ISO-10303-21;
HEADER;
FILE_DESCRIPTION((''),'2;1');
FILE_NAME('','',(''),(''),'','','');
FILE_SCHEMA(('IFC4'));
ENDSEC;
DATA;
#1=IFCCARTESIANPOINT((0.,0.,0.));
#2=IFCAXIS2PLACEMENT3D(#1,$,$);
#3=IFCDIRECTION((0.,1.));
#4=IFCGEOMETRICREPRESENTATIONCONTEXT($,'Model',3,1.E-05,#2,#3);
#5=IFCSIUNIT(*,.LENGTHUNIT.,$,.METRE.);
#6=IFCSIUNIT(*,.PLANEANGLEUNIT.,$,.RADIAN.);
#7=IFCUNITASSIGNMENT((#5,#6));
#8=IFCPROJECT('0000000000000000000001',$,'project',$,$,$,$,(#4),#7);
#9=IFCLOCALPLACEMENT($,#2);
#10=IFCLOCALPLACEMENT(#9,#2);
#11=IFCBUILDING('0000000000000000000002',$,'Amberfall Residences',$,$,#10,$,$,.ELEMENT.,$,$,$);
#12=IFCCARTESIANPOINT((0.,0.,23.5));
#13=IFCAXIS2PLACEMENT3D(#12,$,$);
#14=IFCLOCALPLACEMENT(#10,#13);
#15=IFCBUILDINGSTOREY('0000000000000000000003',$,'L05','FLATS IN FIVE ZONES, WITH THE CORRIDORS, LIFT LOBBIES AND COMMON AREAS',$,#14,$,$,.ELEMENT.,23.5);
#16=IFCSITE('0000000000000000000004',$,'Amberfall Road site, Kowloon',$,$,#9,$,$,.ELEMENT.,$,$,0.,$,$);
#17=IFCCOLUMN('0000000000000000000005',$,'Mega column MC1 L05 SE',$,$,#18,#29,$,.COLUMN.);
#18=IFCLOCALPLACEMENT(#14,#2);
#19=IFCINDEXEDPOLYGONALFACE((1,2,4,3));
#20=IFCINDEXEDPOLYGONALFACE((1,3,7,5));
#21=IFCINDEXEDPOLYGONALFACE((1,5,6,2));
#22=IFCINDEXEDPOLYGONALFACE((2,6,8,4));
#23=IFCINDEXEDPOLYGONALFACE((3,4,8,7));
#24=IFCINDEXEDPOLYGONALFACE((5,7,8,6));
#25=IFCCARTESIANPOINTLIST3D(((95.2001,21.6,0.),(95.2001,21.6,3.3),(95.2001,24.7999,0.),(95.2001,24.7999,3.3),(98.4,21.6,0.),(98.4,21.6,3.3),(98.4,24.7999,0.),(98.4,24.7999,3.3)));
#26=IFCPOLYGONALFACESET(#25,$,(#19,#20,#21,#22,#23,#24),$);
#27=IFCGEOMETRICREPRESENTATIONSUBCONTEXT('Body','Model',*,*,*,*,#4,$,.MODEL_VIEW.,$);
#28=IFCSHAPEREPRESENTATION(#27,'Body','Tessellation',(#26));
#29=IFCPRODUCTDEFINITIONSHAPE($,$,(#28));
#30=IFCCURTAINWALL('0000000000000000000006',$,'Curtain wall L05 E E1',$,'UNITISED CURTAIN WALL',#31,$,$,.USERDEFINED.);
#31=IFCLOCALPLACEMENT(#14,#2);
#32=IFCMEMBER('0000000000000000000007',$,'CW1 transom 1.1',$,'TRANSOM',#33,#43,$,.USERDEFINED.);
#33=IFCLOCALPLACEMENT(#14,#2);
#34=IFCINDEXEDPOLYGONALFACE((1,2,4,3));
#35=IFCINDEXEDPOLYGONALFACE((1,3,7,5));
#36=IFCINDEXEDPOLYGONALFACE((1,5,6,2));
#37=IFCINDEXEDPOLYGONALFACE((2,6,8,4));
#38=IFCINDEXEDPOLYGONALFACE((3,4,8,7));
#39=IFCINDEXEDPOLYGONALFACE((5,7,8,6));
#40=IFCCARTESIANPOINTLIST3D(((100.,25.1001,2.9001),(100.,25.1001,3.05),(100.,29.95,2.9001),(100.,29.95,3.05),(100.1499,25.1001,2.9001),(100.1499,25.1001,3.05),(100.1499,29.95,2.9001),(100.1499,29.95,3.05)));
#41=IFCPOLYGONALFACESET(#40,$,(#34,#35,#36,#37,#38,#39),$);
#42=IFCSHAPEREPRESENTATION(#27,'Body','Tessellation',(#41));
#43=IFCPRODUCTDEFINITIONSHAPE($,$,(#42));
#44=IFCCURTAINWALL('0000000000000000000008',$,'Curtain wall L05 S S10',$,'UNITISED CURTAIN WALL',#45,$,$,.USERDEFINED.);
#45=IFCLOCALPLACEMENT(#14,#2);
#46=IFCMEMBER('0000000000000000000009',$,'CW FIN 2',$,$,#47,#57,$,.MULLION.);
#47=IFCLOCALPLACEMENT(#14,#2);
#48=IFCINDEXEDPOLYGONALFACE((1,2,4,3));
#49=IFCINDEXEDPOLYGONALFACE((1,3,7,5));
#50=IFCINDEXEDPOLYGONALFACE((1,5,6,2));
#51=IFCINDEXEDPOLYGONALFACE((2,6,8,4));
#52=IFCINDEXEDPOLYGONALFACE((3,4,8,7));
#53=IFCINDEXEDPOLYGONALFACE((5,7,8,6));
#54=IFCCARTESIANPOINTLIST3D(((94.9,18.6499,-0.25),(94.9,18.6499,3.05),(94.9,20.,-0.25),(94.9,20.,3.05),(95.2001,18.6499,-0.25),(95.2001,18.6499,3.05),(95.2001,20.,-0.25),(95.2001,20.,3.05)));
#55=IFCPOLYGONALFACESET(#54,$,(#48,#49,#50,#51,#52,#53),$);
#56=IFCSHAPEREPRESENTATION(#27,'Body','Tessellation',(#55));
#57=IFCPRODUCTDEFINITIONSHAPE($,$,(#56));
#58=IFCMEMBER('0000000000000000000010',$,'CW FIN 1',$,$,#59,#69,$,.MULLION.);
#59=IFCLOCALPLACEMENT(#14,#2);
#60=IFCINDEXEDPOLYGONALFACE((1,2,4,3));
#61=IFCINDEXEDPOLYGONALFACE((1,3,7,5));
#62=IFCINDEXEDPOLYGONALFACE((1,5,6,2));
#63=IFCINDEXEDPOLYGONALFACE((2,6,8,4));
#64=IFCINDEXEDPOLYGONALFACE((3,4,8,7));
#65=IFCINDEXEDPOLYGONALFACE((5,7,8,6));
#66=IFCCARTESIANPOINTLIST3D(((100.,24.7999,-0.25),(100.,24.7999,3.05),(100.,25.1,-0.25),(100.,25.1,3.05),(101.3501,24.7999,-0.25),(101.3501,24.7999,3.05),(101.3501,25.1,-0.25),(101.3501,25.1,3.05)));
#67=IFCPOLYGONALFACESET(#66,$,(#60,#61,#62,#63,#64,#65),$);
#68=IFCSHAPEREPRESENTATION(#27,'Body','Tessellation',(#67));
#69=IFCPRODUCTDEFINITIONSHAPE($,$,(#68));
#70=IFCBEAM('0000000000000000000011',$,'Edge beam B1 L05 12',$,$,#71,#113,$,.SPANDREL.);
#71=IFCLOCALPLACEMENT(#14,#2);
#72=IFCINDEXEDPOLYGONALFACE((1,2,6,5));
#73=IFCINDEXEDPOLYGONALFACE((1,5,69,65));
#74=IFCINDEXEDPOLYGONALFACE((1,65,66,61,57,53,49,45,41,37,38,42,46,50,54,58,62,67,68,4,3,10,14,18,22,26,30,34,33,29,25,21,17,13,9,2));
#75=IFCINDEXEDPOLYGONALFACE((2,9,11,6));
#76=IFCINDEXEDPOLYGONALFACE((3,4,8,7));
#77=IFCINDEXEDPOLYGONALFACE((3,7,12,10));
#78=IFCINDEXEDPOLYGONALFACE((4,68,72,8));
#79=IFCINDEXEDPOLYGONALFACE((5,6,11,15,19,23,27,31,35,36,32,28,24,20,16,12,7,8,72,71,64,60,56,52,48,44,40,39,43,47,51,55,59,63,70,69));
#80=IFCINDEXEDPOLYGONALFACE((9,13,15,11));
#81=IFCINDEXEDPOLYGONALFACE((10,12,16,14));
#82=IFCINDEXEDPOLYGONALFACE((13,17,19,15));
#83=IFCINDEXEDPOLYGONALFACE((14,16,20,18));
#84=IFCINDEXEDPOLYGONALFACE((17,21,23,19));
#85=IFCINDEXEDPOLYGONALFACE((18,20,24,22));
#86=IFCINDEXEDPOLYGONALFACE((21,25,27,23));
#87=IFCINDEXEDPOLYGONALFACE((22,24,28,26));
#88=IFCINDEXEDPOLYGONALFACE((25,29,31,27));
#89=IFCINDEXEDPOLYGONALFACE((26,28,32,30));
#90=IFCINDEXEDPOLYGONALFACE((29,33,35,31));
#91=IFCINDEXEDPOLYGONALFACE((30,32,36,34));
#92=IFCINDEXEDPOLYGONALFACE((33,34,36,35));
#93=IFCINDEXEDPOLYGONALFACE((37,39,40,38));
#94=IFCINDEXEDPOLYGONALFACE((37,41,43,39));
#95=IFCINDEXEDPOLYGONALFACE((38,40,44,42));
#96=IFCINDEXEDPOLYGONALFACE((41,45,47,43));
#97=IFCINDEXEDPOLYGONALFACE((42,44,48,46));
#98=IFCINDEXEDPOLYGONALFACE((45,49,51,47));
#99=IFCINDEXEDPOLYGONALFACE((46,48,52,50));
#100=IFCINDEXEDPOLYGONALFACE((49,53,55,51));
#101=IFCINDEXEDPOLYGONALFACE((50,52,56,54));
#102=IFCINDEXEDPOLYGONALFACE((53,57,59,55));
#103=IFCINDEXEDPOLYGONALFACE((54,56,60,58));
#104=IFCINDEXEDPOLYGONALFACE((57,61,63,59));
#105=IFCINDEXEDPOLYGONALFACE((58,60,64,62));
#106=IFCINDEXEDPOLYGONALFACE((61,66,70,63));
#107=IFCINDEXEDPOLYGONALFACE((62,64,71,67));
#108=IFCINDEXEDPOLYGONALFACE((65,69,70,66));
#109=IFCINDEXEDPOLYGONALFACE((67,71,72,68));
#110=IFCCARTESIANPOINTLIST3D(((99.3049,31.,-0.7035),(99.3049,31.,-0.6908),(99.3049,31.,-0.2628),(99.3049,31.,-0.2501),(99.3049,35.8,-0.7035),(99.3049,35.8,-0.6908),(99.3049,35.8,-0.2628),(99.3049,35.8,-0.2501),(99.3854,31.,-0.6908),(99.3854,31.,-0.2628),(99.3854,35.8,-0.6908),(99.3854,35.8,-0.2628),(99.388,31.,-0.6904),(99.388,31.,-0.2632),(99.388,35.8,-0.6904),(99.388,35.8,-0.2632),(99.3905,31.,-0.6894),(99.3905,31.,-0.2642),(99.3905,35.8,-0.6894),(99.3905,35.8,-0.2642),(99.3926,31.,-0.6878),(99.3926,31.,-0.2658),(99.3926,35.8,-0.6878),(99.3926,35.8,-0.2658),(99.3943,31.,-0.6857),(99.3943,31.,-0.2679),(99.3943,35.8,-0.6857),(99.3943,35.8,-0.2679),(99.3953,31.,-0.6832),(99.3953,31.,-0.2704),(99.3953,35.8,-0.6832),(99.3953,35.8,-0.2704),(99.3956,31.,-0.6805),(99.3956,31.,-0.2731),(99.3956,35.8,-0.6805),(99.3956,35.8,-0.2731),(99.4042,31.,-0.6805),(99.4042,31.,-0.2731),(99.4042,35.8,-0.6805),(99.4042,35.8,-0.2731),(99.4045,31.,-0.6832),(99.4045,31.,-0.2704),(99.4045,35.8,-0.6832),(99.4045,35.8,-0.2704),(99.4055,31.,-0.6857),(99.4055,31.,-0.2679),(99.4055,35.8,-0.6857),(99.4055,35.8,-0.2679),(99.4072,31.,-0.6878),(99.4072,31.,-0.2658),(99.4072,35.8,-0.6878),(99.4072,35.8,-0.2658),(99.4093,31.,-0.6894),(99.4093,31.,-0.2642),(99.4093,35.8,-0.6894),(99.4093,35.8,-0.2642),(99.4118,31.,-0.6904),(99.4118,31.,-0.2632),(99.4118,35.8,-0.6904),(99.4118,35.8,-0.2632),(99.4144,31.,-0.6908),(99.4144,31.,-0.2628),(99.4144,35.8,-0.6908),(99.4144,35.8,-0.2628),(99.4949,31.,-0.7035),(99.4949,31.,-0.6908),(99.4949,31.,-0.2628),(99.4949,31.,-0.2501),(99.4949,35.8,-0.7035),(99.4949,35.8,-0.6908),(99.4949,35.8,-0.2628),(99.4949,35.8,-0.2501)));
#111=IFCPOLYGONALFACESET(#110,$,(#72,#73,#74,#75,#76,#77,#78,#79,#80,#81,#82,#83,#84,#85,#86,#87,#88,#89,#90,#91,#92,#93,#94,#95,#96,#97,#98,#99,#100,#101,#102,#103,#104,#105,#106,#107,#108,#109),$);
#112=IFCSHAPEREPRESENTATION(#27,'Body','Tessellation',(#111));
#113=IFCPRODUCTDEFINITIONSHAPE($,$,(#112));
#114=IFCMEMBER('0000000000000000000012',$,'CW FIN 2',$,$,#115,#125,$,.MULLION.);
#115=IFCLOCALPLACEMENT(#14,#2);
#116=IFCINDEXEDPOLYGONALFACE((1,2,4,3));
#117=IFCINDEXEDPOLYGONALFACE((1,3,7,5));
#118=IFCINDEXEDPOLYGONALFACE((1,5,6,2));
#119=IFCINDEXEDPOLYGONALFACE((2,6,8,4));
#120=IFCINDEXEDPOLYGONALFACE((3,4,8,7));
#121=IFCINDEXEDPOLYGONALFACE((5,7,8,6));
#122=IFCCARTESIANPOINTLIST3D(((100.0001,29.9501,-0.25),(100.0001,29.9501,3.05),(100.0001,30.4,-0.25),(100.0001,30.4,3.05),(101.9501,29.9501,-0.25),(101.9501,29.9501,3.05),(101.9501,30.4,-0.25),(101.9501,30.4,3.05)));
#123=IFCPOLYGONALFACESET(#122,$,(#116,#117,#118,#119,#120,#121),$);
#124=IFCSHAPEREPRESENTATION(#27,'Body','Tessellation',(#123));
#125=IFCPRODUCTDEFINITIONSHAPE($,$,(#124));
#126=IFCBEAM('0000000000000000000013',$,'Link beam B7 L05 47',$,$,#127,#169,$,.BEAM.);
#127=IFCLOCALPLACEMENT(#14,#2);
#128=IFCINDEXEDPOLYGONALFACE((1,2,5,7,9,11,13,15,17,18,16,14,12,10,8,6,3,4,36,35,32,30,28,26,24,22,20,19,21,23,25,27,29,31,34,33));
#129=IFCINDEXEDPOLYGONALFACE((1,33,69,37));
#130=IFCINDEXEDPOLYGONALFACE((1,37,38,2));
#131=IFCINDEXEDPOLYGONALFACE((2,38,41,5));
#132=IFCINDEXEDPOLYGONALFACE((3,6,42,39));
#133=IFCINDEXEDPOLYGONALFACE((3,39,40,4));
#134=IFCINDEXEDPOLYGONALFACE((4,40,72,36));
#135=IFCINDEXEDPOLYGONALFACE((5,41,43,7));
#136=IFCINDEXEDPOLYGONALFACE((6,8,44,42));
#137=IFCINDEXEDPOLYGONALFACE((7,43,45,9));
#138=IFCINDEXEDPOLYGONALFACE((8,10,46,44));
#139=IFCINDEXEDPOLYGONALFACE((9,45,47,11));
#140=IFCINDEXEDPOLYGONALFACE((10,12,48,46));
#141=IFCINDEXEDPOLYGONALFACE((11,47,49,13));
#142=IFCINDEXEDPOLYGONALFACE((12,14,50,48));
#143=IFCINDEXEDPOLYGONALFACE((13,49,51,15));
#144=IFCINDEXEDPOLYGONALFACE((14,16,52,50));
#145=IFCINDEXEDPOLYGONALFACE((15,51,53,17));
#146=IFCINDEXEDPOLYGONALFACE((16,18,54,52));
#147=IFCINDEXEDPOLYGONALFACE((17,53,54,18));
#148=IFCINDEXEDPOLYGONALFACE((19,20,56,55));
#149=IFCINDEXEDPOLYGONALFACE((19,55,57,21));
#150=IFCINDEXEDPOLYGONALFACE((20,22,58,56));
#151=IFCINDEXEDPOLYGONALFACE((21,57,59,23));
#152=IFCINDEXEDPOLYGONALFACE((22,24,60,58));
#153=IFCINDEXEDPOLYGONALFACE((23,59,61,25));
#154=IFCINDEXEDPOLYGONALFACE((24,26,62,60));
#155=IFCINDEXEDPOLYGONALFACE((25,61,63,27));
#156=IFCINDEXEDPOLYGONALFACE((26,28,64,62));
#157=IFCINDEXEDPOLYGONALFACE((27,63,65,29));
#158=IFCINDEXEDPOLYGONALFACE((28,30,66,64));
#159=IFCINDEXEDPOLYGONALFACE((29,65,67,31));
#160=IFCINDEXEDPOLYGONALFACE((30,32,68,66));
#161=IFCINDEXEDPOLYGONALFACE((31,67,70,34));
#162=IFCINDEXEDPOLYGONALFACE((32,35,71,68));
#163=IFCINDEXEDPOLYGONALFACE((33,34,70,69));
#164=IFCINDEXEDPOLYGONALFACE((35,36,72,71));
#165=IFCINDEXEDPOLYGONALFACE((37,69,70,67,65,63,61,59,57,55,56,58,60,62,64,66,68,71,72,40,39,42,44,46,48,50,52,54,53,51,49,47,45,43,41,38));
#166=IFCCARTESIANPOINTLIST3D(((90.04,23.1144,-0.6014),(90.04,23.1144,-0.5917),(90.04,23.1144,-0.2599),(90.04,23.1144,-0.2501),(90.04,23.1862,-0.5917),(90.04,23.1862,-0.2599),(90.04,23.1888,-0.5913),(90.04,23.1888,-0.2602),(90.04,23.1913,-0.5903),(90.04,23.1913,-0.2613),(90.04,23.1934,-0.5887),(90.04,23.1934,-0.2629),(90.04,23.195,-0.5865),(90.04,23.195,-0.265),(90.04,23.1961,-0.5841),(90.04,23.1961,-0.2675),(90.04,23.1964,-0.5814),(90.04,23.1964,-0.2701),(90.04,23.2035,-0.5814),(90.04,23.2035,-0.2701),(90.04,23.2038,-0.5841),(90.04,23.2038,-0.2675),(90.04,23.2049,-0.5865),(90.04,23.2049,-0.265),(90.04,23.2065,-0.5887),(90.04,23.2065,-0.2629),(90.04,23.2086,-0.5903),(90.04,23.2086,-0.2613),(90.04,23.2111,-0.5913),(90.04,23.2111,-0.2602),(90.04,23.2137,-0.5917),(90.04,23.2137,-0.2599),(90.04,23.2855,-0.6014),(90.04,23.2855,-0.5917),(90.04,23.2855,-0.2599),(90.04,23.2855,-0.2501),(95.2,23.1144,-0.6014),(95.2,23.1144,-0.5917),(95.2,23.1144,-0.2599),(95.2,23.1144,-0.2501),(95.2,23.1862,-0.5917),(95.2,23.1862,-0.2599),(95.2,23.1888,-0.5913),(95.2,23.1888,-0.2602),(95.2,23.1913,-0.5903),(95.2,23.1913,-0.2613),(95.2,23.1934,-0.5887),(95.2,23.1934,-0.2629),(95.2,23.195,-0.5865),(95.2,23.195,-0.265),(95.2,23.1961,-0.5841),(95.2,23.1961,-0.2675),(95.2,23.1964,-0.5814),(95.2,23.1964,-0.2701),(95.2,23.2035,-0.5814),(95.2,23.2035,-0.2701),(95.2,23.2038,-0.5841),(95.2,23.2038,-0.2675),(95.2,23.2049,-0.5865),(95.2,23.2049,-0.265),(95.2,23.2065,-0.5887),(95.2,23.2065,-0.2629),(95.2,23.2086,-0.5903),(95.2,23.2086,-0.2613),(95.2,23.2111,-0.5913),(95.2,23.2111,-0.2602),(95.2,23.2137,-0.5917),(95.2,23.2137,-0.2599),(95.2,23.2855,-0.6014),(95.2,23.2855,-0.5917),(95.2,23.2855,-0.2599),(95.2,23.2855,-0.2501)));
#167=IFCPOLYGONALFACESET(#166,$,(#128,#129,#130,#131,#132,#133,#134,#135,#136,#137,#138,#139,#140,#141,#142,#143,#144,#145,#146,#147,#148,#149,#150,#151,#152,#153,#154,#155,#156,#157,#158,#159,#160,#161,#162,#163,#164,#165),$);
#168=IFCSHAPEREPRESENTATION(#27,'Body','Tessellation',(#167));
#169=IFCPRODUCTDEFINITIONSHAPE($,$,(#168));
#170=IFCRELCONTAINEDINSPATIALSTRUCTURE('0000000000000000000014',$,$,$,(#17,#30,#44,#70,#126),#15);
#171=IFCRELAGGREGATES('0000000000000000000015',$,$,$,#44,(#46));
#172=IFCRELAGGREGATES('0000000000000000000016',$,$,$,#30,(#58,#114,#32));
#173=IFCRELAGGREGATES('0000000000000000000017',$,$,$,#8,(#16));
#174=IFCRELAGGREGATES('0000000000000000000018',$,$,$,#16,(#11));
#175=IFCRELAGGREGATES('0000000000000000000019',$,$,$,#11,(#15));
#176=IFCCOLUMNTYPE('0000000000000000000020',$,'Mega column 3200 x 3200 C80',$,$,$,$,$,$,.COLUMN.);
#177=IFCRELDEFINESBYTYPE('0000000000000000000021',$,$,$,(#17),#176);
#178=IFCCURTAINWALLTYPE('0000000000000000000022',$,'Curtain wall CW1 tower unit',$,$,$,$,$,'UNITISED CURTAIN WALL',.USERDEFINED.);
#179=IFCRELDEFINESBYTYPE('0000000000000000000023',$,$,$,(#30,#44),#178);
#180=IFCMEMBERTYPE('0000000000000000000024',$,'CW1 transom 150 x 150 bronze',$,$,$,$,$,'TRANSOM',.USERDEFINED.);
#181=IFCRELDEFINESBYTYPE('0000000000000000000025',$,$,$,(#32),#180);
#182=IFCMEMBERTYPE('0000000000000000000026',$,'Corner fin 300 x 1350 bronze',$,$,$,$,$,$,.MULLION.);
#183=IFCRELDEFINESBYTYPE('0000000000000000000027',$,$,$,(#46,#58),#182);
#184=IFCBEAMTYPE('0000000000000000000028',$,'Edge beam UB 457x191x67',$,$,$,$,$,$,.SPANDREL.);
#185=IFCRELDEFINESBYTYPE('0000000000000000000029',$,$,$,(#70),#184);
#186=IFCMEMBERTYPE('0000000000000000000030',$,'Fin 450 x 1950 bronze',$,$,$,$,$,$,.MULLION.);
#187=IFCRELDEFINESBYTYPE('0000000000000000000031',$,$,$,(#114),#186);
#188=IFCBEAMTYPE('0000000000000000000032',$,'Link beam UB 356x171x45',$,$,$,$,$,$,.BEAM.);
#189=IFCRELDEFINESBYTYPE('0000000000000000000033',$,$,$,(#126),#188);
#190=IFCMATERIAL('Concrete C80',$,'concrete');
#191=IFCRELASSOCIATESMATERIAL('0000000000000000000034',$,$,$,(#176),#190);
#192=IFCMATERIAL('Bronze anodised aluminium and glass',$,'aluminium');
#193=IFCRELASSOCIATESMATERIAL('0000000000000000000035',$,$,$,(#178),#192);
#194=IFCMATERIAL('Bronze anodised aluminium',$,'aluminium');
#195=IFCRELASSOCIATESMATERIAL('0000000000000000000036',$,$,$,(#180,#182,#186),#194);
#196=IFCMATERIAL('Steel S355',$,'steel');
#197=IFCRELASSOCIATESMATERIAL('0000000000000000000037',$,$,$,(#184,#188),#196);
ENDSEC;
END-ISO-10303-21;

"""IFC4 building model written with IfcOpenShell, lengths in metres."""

from ifc_helpers import new_model, si_unit, direction, frame, origin, origin_2d, place, context, subcontext, project, spatial, rectangle, i_section, extrude, material, material_profile, profile_set, type_object, element, aggregate, save


model = new_model("IFC4")

# Units and contexts
model_context = context("Model", 3, precision=1e-05, world=origin(), true_north=direction((0.0, 1.0)))
body_context = subcontext(model_context, "Body", "Model", "MODEL_VIEW")
ifc_project = project(units=[si_unit("LENGTHUNIT", "METRE"), si_unit("PLANEANGLEUNIT", "RADIAN")], contexts=[model_context])

# Site, building, storey
site_placement = place(None, origin())
site = spatial("IfcSite", under=ifc_project, at=site_placement, Name="Amberfall Road site, Kowloon", CompositionType="ELEMENT", RefElevation=0.0)
building_placement = place(site_placement, origin())
building = spatial("IfcBuilding", under=site, at=building_placement, Name="Amberfall Residences", CompositionType="ELEMENT")
storey_placement = place(building_placement, frame((0.0, 0.0, 23.5)))
storey = spatial("IfcBuildingStorey", under=building, at=storey_placement, Name="L05", Description="FLATS IN FIVE ZONES, WITH THE CORRIDORS, LIFT LOBBIES AND COMMON AREAS", CompositionType="ELEMENT", Elevation=23.5)

# Column
ifc_material_1 = material(Name="Concrete C80", Category="concrete")
ifc_material_profile_1 = material_profile(ifc_material_1, rectangle(XDim=3.2, YDim=3.2, at=origin_2d()), Name="Mega column 3200 x 3200 C80")
ifc_profile_set_1 = profile_set([ifc_material_profile_1], Name="Concrete C80")
column_type = type_object("IfcColumnType", Name="Mega column 3200 x 3200 C80", PredefinedType="COLUMN", material=ifc_profile_set_1)
column_placement = place(storey_placement, frame((96.8, 23.2, 0.0), z_axis=(0.0, 0.0, 1.0), x_axis=(1.0, 0.0, 0.0)))
element("IfcColumn", 1, at=column_placement, inside=storey, type_object=column_type, Name="Mega column MC1 L05 SE", PredefinedType="COLUMN", context=body_context, shape_type="SweptSolid", body=[
    extrude(rectangle(XDim=3.2, YDim=3.2, at=origin_2d()), origin(), (0.0, 0.0, 1.0), 3.3),
])

# Curtain walls, members
ifc_material_2 = material(Name="Bronze anodised aluminium and glass", Category="aluminium")
curtain_wall_type = type_object("IfcCurtainWallType", Name="Curtain wall CW1 tower unit", ElementType="UNITISED CURTAIN WALL", PredefinedType="USERDEFINED", material=ifc_material_2)
curtain_wall_1_placement = place(storey_placement, origin())
curtain_wall_1 = element("IfcCurtainWall", 2, at=curtain_wall_1_placement, inside=storey, type_object=curtain_wall_type, Name="Curtain wall L05 E E1", ObjectType="UNITISED CURTAIN WALL", PredefinedType="USERDEFINED")
ifc_material_3 = material(Name="Bronze anodised aluminium", Category="aluminium")
ifc_material_profile_2 = material_profile(ifc_material_3, rectangle(XDim=0.1499, YDim=0.1499, at=origin_2d()), Name="CW1 transom 150 x 150 bronze")
ifc_profile_set_2 = profile_set([ifc_material_profile_2], Name="Bronze anodised aluminium")
member_type_1 = type_object("IfcMemberType", Name="CW1 transom 150 x 150 bronze", ElementType="TRANSOM", PredefinedType="USERDEFINED", material=ifc_profile_set_2)
member_1_placement = place(storey_placement, frame((100.075, 25.1001, 2.9751), z_axis=(0.0, 1.0, 0.0), x_axis=(-1.0, 0.0, 0.0)))
member_1 = element("IfcMember", 3, at=member_1_placement, type_object=member_type_1, Name="CW1 transom 1.1", ObjectType="TRANSOM", PredefinedType="USERDEFINED", context=body_context, shape_type="SweptSolid", body=[
    extrude(rectangle(XDim=0.1499, YDim=0.1499, at=origin_2d()), origin(), (0.0, 0.0, 1.0), 4.8499),
])
curtain_wall_2_placement = place(storey_placement, origin())
curtain_wall_2 = element("IfcCurtainWall", 4, at=curtain_wall_2_placement, inside=storey, type_object=curtain_wall_type, Name="Curtain wall L05 S S10", ObjectType="UNITISED CURTAIN WALL", PredefinedType="USERDEFINED")
ifc_material_profile_3 = material_profile(ifc_material_3, rectangle(XDim=1.3501, YDim=0.3, at=origin_2d()), Name="Corner fin 300 x 1350 bronze")
ifc_profile_set_3 = profile_set([ifc_material_profile_3], Name="Bronze anodised aluminium")
member_type_2 = type_object("IfcMemberType", Name="Corner fin 300 x 1350 bronze", PredefinedType="MULLION", material=ifc_profile_set_3)
member_2_placement = place(storey_placement, frame((95.05, 19.325, -0.25), z_axis=(0.0, 0.0, 1.0), x_axis=(0.0, 1.0, 0.0)))
member_2 = element("IfcMember", 5, at=member_2_placement, type_object=member_type_2, Name="CW FIN 2", PredefinedType="MULLION", context=body_context, shape_type="SweptSolid", body=[
    extrude(rectangle(XDim=1.3501, YDim=0.3, at=origin_2d()), origin(), (0.0, 0.0, 1.0), 3.3),
])
aggregate(curtain_wall_2, [member_2])

# Member
member_3_placement = place(storey_placement, frame((100.675, 24.95, -0.25), z_axis=(0.0, 0.0, 1.0), x_axis=(-1.0, 0.0, 0.0)))
member_3 = element("IfcMember", 6, at=member_3_placement, type_object=member_type_2, Name="CW FIN 1", PredefinedType="MULLION", context=body_context, shape_type="SweptSolid", body=[
    extrude(rectangle(XDim=1.3501, YDim=0.3, at=origin_2d()), origin(), (0.0, 0.0, 1.0), 3.3),
])

# Beam
ifc_material_4 = material(Name="Steel S355", Category="steel")
ifc_material_profile_4 = material_profile(ifc_material_4, i_section(OverallWidth=0.1899, OverallDepth=0.4534, WebThickness=0.0085, FlangeThickness=0.0127, FilletRadius=0.0103, at=origin_2d()), Name="UB 457x191x67")
ifc_profile_set_4 = profile_set([ifc_material_profile_4], Name="Steel S355")
beam_type_1 = type_object("IfcBeamType", Name="Edge beam UB 457x191x67", PredefinedType="SPANDREL", material=ifc_profile_set_4)
beam_1_placement = place(storey_placement, frame((99.3999, 31.0, -0.4768), z_axis=(0.0, 1.0, 0.0), x_axis=(-1.0, 0.0, 0.0)))
element("IfcBeam", 7, at=beam_1_placement, inside=storey, type_object=beam_type_1, Name="Edge beam B1 L05 12", PredefinedType="SPANDREL", context=body_context, shape_type="SweptSolid", body=[
    extrude(i_section(OverallWidth=0.1899, OverallDepth=0.4534, WebThickness=0.0085, FlangeThickness=0.0127, FilletRadius=0.0103, at=origin_2d()), origin(), (0.0, 0.0, 1.0), 4.8),
])

# Member
ifc_material_profile_5 = material_profile(ifc_material_3, rectangle(XDim=1.95, YDim=0.45, at=origin_2d()), Name="Fin 450 x 1950 bronze")
ifc_profile_set_5 = profile_set([ifc_material_profile_5], Name="Bronze anodised aluminium")
member_type_3 = type_object("IfcMemberType", Name="Fin 450 x 1950 bronze", PredefinedType="MULLION", material=ifc_profile_set_5)
member_4_placement = place(storey_placement, frame((100.9751, 30.175, -0.25), z_axis=(0.0, 0.0, 1.0), x_axis=(-1.0, 0.0, 0.0)))
member_4 = element("IfcMember", 8, at=member_4_placement, type_object=member_type_3, Name="CW FIN 2", PredefinedType="MULLION", context=body_context, shape_type="SweptSolid", body=[
    extrude(rectangle(XDim=1.95, YDim=0.45, at=origin_2d()), origin(), (0.0, 0.0, 1.0), 3.3),
])

# Beam
ifc_material_profile_6 = material_profile(ifc_material_4, i_section(OverallWidth=0.1711, OverallDepth=0.3513, WebThickness=0.0071, FlangeThickness=0.0098, FilletRadius=0.0103, at=origin_2d()), Name="UB 356x171x45")
ifc_profile_set_6 = profile_set([ifc_material_profile_6], Name="Steel S355")
beam_type_2 = type_object("IfcBeamType", Name="Link beam UB 356x171x45", PredefinedType="BEAM", material=ifc_profile_set_6)
beam_2_placement = place(storey_placement, frame((95.2, 23.2, -0.4258), z_axis=(-1.0, 0.0, 0.0), x_axis=(0.0, -1.0, 0.0)))
element("IfcBeam", 9, at=beam_2_placement, inside=storey, type_object=beam_type_2, Name="Link beam B7 L05 47", PredefinedType="BEAM", context=body_context, shape_type="SweptSolid", body=[
    extrude(i_section(OverallWidth=0.1711, OverallDepth=0.3513, WebThickness=0.0071, FlangeThickness=0.0098, FilletRadius=0.0103, at=origin_2d()), origin(), (0.0, 0.0, 1.0), 5.1599),
])

aggregate(curtain_wall_1, [member_3, member_4, member_1])

save(model, "model.ifc")
